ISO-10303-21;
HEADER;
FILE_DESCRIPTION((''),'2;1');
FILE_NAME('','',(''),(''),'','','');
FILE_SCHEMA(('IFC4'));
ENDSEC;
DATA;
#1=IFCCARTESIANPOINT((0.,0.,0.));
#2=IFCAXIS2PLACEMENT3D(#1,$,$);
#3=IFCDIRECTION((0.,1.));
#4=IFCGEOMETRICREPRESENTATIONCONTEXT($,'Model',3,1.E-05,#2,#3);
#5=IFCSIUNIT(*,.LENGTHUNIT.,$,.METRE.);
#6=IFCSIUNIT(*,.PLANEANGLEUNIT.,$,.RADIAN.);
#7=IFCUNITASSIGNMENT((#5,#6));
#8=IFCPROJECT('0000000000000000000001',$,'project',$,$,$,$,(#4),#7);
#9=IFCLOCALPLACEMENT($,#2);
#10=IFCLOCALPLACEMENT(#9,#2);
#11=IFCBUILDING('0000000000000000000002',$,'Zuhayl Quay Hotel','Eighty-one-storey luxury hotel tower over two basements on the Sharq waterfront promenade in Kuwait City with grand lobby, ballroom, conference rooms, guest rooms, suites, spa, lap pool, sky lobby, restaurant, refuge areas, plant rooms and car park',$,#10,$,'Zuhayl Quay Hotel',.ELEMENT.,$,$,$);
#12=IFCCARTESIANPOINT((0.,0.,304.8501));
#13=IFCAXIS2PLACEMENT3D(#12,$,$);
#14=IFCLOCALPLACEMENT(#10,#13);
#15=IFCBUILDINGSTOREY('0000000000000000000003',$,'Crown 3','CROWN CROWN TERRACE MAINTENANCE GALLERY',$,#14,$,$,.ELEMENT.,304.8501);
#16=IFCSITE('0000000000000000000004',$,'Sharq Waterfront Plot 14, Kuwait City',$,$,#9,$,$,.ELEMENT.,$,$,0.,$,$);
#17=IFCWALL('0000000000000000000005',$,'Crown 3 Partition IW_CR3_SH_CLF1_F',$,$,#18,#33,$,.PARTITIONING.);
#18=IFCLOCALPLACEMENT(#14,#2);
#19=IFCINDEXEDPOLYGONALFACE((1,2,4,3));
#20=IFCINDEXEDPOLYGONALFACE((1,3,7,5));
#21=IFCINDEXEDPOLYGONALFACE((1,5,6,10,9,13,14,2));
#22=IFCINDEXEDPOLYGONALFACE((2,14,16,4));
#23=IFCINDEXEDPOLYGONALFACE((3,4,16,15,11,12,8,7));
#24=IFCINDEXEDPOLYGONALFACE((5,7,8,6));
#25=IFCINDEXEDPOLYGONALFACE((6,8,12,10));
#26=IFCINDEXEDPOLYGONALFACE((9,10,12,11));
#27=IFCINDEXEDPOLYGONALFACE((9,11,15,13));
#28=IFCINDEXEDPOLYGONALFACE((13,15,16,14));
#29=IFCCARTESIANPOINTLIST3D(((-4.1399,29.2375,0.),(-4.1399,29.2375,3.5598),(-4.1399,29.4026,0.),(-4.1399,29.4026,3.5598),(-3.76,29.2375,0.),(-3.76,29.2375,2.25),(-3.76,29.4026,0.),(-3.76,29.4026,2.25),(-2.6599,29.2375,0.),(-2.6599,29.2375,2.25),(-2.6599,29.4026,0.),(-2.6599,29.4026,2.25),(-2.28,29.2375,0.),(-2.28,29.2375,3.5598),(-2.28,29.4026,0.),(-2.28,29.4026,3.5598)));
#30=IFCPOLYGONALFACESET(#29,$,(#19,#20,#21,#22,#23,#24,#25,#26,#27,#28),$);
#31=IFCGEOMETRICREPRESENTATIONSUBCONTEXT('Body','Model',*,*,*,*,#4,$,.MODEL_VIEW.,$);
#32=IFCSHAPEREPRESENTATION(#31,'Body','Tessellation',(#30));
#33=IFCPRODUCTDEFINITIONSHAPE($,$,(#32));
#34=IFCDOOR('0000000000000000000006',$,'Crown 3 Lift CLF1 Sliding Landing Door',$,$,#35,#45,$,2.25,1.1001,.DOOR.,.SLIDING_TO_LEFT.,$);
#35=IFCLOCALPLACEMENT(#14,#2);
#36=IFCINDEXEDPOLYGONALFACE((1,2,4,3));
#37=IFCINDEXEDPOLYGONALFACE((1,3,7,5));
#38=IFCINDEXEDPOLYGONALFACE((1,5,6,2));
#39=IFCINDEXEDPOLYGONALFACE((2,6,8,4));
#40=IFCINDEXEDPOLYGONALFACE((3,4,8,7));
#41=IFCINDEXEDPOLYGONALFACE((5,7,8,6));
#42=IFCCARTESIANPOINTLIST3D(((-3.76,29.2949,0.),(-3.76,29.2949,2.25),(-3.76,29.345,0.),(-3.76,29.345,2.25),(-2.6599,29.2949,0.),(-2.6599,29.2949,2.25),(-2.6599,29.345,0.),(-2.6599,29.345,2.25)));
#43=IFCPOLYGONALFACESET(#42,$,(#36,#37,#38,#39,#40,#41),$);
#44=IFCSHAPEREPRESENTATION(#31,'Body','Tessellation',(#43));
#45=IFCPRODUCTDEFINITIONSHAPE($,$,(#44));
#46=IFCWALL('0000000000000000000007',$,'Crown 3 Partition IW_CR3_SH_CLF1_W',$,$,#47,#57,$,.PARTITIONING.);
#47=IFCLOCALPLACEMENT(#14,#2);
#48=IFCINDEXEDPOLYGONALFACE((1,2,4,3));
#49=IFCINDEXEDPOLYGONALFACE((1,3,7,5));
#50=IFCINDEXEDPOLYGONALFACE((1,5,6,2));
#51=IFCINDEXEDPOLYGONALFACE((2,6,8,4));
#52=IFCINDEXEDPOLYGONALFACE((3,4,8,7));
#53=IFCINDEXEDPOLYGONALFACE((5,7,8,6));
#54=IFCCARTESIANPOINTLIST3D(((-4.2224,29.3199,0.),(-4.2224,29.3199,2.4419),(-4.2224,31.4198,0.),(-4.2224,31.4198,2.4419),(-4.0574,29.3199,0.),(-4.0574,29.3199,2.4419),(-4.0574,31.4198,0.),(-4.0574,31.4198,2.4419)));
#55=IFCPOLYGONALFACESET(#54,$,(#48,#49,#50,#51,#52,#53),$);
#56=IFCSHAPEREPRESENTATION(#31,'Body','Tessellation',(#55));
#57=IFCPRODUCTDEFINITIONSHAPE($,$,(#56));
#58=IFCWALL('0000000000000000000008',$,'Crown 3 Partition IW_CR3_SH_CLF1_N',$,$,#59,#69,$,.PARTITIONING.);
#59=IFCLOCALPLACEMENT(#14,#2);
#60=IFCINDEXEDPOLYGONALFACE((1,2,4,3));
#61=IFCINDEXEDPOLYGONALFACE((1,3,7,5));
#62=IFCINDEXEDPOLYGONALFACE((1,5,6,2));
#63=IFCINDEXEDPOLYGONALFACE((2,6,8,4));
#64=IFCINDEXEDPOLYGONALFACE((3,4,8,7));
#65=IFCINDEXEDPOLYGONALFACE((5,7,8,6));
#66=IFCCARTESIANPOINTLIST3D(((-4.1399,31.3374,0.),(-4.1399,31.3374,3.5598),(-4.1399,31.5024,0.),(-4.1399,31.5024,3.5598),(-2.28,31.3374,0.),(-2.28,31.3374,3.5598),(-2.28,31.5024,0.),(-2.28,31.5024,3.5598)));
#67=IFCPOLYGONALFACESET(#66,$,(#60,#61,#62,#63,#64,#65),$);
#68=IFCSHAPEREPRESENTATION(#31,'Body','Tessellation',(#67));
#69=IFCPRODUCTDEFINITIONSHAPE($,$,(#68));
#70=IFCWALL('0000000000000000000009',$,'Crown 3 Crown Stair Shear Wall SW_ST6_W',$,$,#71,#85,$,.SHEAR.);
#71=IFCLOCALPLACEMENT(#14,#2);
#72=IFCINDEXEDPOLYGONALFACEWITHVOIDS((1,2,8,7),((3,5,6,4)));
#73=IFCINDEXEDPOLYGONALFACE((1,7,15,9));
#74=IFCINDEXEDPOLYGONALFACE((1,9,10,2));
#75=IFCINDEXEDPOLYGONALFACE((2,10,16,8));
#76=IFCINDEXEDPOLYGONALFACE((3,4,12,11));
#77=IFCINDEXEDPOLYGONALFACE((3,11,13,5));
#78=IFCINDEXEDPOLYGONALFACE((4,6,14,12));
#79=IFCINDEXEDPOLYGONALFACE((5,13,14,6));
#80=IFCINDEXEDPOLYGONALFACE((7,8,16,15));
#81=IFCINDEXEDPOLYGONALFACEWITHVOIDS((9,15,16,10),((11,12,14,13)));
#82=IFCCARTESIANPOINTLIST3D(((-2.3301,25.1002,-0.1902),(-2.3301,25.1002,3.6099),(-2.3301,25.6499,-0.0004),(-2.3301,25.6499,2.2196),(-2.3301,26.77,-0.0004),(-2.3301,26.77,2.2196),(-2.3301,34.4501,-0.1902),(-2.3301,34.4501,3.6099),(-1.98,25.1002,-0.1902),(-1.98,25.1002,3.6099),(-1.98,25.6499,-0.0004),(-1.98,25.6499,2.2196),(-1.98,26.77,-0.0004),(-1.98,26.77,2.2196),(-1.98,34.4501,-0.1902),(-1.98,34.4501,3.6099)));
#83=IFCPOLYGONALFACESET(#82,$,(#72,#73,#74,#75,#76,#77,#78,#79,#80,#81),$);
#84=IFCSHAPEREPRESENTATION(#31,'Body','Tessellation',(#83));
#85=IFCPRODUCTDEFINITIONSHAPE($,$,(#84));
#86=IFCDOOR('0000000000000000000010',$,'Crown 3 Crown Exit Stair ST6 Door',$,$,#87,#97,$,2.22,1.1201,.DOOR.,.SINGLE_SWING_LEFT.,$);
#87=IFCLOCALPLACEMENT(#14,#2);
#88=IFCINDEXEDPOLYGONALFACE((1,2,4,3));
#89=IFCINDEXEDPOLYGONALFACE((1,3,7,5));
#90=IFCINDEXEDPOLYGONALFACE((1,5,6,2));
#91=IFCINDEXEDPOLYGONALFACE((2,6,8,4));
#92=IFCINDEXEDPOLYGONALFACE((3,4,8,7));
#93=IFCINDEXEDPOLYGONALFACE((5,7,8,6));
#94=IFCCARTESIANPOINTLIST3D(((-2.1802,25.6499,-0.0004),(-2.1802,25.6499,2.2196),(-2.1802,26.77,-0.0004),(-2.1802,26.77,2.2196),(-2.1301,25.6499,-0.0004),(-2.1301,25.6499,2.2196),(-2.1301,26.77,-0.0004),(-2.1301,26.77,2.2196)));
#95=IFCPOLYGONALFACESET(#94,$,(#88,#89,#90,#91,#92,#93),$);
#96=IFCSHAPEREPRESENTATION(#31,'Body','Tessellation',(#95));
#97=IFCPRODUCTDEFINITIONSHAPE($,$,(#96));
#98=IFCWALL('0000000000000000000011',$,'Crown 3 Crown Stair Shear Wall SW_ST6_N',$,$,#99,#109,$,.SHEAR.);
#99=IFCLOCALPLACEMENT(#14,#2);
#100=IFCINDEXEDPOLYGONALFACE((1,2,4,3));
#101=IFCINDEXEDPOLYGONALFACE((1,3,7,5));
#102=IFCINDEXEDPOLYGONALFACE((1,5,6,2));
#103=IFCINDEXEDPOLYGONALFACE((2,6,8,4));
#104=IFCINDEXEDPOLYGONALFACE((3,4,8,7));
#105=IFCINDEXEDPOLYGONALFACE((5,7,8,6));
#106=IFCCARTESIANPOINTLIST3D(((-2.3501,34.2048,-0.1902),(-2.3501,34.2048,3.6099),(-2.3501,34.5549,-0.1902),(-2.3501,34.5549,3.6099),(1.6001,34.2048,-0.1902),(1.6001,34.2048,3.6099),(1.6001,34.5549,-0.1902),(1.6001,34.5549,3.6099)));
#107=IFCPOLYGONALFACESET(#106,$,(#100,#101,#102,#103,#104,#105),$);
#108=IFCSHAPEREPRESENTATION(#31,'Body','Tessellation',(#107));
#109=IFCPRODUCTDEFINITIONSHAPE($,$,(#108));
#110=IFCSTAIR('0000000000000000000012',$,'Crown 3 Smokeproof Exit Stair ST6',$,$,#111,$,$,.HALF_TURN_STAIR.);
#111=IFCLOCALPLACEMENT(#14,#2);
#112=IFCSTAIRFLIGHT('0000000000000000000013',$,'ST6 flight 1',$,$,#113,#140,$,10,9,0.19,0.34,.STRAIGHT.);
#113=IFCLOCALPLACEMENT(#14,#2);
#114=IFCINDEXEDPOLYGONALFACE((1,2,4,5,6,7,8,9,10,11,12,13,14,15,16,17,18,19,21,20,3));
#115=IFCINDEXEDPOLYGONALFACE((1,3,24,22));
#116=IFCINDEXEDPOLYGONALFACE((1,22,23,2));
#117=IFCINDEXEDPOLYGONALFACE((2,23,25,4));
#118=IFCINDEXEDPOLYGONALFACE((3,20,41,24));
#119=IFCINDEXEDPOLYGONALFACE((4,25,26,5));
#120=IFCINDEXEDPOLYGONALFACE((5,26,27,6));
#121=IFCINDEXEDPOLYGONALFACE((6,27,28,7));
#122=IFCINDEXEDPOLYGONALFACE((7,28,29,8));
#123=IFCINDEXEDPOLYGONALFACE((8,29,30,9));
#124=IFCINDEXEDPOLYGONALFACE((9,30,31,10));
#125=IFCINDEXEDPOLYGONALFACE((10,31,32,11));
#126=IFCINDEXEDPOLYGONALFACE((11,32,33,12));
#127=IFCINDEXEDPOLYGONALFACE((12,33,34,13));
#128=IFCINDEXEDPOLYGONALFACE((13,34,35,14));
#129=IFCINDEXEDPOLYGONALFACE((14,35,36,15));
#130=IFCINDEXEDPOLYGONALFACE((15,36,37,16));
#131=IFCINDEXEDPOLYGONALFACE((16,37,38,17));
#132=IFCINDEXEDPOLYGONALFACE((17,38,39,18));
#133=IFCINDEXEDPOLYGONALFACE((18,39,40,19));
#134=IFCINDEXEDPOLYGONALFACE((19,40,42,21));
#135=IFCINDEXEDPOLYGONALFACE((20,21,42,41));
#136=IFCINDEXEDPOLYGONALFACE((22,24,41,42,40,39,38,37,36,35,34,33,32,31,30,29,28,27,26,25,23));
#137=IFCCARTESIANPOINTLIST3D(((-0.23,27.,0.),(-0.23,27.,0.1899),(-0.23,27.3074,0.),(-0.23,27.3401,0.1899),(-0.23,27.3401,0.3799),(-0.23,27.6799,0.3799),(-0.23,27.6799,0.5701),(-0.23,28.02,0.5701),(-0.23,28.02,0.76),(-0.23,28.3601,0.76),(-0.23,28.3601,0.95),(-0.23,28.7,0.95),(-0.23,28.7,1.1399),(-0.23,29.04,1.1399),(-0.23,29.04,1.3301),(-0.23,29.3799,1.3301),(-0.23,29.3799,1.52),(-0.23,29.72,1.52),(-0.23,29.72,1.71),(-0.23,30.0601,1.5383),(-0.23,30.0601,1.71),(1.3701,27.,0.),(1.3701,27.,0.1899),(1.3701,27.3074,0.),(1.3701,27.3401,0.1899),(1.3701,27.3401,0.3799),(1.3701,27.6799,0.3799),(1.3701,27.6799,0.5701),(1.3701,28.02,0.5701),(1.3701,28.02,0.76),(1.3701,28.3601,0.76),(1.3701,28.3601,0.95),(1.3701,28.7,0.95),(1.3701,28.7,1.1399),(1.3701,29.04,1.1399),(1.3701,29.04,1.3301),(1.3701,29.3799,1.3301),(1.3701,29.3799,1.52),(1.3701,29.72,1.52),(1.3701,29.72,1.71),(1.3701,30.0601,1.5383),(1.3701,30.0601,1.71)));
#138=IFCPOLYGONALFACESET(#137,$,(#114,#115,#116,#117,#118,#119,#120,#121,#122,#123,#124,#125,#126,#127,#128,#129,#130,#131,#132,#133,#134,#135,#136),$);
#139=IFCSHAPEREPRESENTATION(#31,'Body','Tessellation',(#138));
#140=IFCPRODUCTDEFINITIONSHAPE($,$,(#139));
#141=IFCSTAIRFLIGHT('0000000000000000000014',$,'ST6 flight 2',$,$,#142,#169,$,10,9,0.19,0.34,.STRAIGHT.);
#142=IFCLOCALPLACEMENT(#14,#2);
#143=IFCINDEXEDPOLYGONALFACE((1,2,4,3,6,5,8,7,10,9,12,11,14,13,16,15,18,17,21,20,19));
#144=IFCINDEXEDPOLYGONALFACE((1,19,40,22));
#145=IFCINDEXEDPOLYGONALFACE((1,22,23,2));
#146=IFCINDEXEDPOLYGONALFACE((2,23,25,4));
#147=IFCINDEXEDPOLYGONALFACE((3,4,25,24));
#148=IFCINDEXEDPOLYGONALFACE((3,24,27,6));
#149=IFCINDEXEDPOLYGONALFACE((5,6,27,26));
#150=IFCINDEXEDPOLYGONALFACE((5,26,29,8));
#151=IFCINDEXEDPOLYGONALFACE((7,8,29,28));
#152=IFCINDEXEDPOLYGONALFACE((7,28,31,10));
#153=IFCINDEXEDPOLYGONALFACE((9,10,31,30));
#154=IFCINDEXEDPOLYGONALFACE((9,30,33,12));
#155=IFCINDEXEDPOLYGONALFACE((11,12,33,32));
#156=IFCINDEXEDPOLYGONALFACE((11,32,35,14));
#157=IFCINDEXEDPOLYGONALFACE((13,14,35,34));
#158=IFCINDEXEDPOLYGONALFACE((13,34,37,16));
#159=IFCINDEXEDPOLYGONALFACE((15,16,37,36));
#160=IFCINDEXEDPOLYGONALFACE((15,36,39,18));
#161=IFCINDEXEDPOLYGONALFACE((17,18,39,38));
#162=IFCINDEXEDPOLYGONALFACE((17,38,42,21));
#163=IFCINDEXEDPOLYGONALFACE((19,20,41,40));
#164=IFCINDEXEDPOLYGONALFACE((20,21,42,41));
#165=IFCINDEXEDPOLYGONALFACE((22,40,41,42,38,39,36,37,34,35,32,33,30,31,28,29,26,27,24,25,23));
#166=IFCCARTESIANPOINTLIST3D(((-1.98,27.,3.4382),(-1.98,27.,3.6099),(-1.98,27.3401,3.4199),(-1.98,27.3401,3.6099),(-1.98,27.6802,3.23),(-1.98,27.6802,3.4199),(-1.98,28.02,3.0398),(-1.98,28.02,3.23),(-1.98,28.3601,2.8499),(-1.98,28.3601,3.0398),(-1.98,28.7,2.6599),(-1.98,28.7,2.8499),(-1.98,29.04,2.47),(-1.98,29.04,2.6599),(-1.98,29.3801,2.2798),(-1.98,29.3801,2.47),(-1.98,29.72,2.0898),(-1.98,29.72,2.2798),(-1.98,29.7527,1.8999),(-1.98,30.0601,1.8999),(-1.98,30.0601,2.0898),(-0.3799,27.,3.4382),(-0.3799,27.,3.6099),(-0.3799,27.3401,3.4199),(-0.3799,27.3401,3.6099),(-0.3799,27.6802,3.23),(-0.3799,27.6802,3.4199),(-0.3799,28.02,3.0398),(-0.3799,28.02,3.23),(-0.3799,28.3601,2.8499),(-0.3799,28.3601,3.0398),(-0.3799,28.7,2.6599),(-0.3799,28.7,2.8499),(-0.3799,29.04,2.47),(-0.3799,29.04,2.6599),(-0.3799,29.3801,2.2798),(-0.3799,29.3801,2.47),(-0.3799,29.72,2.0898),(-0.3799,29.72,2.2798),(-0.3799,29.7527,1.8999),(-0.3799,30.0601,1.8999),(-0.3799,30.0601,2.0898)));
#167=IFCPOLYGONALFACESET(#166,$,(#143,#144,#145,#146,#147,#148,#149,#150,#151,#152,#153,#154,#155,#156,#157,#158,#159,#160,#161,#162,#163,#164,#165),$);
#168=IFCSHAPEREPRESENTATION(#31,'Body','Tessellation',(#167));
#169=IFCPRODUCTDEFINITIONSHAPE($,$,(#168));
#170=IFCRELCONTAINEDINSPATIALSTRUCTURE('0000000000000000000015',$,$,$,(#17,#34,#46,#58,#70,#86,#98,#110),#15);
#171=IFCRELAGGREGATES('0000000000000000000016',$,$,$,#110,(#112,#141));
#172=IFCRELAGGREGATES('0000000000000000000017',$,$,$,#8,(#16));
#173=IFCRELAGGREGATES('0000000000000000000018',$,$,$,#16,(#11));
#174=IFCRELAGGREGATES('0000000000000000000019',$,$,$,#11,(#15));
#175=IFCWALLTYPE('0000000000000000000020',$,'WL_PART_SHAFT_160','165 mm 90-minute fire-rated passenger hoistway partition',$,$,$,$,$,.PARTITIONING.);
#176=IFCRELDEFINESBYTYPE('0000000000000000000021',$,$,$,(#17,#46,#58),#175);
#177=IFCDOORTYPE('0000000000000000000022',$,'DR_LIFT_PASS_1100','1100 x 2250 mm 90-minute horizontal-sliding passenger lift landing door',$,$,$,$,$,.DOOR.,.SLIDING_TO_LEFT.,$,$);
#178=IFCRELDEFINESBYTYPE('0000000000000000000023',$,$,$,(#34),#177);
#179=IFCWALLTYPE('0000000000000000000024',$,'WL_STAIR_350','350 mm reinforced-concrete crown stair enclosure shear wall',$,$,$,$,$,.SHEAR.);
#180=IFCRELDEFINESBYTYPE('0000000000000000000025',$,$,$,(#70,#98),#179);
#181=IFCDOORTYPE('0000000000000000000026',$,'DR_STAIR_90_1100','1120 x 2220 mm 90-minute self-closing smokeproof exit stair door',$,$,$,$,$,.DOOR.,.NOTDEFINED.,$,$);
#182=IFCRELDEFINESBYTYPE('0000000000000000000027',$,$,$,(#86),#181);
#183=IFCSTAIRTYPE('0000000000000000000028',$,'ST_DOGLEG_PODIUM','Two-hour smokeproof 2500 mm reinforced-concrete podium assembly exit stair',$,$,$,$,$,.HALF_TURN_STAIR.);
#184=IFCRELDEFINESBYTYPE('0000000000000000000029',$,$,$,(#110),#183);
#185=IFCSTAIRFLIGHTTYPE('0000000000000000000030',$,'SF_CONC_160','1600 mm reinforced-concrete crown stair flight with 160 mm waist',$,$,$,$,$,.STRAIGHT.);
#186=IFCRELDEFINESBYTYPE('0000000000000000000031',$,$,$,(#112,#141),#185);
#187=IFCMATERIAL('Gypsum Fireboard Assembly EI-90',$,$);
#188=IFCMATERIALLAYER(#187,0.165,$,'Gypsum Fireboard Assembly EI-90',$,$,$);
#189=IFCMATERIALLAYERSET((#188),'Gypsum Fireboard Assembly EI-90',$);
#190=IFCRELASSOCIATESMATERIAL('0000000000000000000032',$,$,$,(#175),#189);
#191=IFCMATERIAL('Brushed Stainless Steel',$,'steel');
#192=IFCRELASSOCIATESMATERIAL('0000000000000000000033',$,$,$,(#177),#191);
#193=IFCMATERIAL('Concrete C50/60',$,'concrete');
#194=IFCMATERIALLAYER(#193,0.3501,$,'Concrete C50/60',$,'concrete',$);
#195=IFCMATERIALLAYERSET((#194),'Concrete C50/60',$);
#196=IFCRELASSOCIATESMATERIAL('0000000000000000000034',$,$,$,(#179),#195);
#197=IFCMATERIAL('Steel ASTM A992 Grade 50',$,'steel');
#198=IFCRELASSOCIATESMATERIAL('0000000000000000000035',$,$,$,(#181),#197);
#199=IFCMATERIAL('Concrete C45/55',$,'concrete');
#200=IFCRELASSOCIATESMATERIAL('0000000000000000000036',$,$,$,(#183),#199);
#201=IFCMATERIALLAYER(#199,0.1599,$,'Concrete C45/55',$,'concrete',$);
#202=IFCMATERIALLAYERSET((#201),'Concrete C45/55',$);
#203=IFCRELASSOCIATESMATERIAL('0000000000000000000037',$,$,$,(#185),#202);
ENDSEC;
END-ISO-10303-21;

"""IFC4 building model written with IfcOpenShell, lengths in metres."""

from ifc_helpers import new_model, si_unit, direction, frame, frame_2d, origin, place, context, subcontext, project, spatial, polyline, rectangle, outline, extrude, material, layer, layer_set, type_object, element, fill, aggregate, save


model = new_model("IFC4")

# Units and contexts
model_context = context("Model", 3, precision=1e-05, world=origin(), true_north=direction((0.0, 1.0)))
body_context = subcontext(model_context, "Body", "Model", "MODEL_VIEW")
ifc_project = project(units=[si_unit("LENGTHUNIT", "METRE"), si_unit("PLANEANGLEUNIT", "RADIAN")], contexts=[model_context])

# Site, building, storey
site_placement = place(None, origin())
site = spatial("IfcSite", under=ifc_project, at=site_placement, Name="Sharq Waterfront Plot 14, Kuwait City", CompositionType="ELEMENT", RefElevation=0.0)
building_placement = place(site_placement, origin())
building = spatial("IfcBuilding", under=site, at=building_placement, Name="Zuhayl Quay Hotel", Description="Eighty-one-storey luxury hotel tower over two basements on the Sharq waterfront promenade in Kuwait City with grand lobby, ballroom, conference rooms, guest rooms, suites, spa, lap pool, sky lobby, restaurant, refuge areas, plant rooms and car park", LongName="Zuhayl Quay Hotel", CompositionType="ELEMENT")
storey_placement = place(building_placement, frame((0.0, 0.0, 304.8501)))
storey = spatial("IfcBuildingStorey", under=building, at=storey_placement, Name="Crown 3", Description="CROWN CROWN TERRACE MAINTENANCE GALLERY", CompositionType="ELEMENT", Elevation=304.8501)

# Wall, opening, door
ifc_material_1 = material(Name="Gypsum Fireboard Assembly EI-90")
ifc_layer_1 = layer(ifc_material_1, 0.165, Name="Gypsum Fireboard Assembly EI-90")
ifc_layer_set_1 = layer_set([ifc_layer_1], Name="Gypsum Fireboard Assembly EI-90")
wall_type_1 = type_object("IfcWallType", Name="WL_PART_SHAFT_160", Description="165 mm 90-minute fire-rated passenger hoistway partition", PredefinedType="PARTITIONING", material=ifc_layer_set_1)
wall_1_placement = place(storey_placement, frame((-4.1399, 29.3201, 0.0), z_axis=(0.0, 0.0, 1.0), x_axis=(1.0, 0.0, 0.0)))
wall_1 = element("IfcWall", 1, at=wall_1_placement, inside=storey, type_object=wall_type_1, Name="Crown 3 Partition IW_CR3_SH_CLF1_F", PredefinedType="PARTITIONING", context=body_context, shape_type="SweptSolid", body=[
    extrude(rectangle(XDim=1.8599, YDim=0.165, at=frame_2d((0.9299, 0.0))), origin(), (0.0, 0.0, 1.0), 3.5598),
])
opening_1_placement = place(wall_1_placement, frame((0.3799, 0.0, 0.0)))
opening_1 = element("IfcOpeningElement", 2, at=opening_1_placement, cuts=wall_1, PredefinedType="OPENING", context=body_context, shape_type="SweptSolid", body=[
    extrude(rectangle(XDim=1.1001, YDim=2.25, at=frame_2d((0.55, 1.125))), frame((0.0, 0.0925, 0.0), z_axis=(0.0, -1.0, 0.0), x_axis=(1.0, 0.0, 0.0)), (0.0, 0.0, 1.0), 0.1851),
])
ifc_material_2 = material(Name="Brushed Stainless Steel", Category="steel")
door_type_1 = type_object("IfcDoorType", Name="DR_LIFT_PASS_1100", Description="1100 x 2250 mm 90-minute horizontal-sliding passenger lift landing door", OperationType="SLIDING_TO_LEFT", PredefinedType="DOOR", material=ifc_material_2)
door_1_placement = place(opening_1_placement, origin())
door_1 = element("IfcDoor", 3, at=door_1_placement, inside=storey, type_object=door_type_1, Name="Crown 3 Lift CLF1 Sliding Landing Door", OperationType="SLIDING_TO_LEFT", OverallHeight=2.25, OverallWidth=1.1001, PredefinedType="DOOR", context=body_context, shape_type="SweptSolid", body=[
    extrude(rectangle(XDim=1.1001, YDim=2.25, at=frame_2d((0.55, 1.125))), frame((0.0, 0.0249, 0.0), z_axis=(0.0, -1.0, 0.0), x_axis=(1.0, 0.0, 0.0)), (0.0, 0.0, 1.0), 0.05),
])
fill(opening_1, door_1)

# Walls
wall_2_placement = place(storey_placement, frame((-4.1399, 29.3201, 0.0), z_axis=(0.0, 0.0, 1.0), x_axis=(0.0, 1.0, 0.0)))
element("IfcWall", 4, at=wall_2_placement, inside=storey, type_object=wall_type_1, Name="Crown 3 Partition IW_CR3_SH_CLF1_W", PredefinedType="PARTITIONING", context=body_context, shape_type="SweptSolid", body=[
    extrude(rectangle(XDim=2.0999, YDim=0.165, at=frame_2d((1.0498, 0.0))), origin(), (0.0, 0.0, 1.0), 2.4419),
])
wall_3_placement = place(storey_placement, frame((-4.1399, 31.4199, 0.0), z_axis=(0.0, 0.0, 1.0), x_axis=(1.0, 0.0, 0.0)))
element("IfcWall", 5, at=wall_3_placement, inside=storey, type_object=wall_type_1, Name="Crown 3 Partition IW_CR3_SH_CLF1_N", PredefinedType="PARTITIONING", context=body_context, shape_type="SweptSolid", body=[
    extrude(rectangle(XDim=1.8599, YDim=0.165, at=frame_2d((0.9299, 0.0))), origin(), (0.0, 0.0, 1.0), 3.5598),
])

# Wall, opening, door
ifc_material_3 = material(Name="Concrete C50/60", Category="concrete")
ifc_layer_2 = layer(ifc_material_3, 0.3501, Name="Concrete C50/60", Category="concrete")
ifc_layer_set_2 = layer_set([ifc_layer_2], Name="Concrete C50/60")
wall_type_2 = type_object("IfcWallType", Name="WL_STAIR_350", Description="350 mm reinforced-concrete crown stair enclosure shear wall", PredefinedType="SHEAR", material=ifc_layer_set_2)
wall_4_placement = place(storey_placement, frame((-2.155, 34.45, -0.1902), z_axis=(0.0, 0.0, 1.0), x_axis=(0.0, -1.0, 0.0)))
wall_4 = element("IfcWall", 6, at=wall_4_placement, inside=storey, type_object=wall_type_2, Name="Crown 3 Crown Stair Shear Wall SW_ST6_W", PredefinedType="SHEAR", context=body_context, shape_type="SweptSolid", body=[
    extrude(rectangle(XDim=9.3499, YDim=0.3501, at=frame_2d((4.6748, 0.0))), origin(), (0.0, 0.0, 1.0), 3.8),
])
opening_2_placement = place(wall_4_placement, frame((7.6799, 0.0, 0.1899)))
opening_2 = element("IfcOpeningElement", 7, at=opening_2_placement, cuts=wall_4, PredefinedType="OPENING", context=body_context, shape_type="SweptSolid", body=[
    extrude(rectangle(XDim=1.1201, YDim=2.22, at=frame_2d((0.5601, 1.1099))), frame((0.0, 0.1851, 0.0), z_axis=(0.0, -1.0, 0.0), x_axis=(1.0, 0.0, 0.0)), (0.0, 0.0, 1.0), 0.3701),
])
ifc_material_4 = material(Name="Steel ASTM A992 Grade 50", Category="steel")
door_type_2 = type_object("IfcDoorType", Name="DR_STAIR_90_1100", Description="1120 x 2220 mm 90-minute self-closing smokeproof exit stair door", OperationType="NOTDEFINED", PredefinedType="DOOR", material=ifc_material_4)
door_2_placement = place(opening_2_placement, origin())
door_2 = element("IfcDoor", 8, at=door_2_placement, inside=storey, type_object=door_type_2, Name="Crown 3 Crown Exit Stair ST6 Door", OperationType="SINGLE_SWING_LEFT", OverallHeight=2.22, OverallWidth=1.1201, PredefinedType="DOOR", context=body_context, shape_type="SweptSolid", body=[
    extrude(rectangle(XDim=1.1201, YDim=2.22, at=frame_2d((0.5601, 1.1099))), frame((0.0, 0.0249, 0.0), z_axis=(0.0, -1.0, 0.0), x_axis=(1.0, 0.0, 0.0)), (0.0, 0.0, 1.0), 0.05),
])
fill(opening_2, door_2)

# Wall
wall_5_placement = place(storey_placement, frame((-2.3501, 34.3799, -0.1902), z_axis=(0.0, 0.0, 1.0), x_axis=(1.0, 0.0, 0.0)))
element("IfcWall", 9, at=wall_5_placement, inside=storey, type_object=wall_type_2, Name="Crown 3 Crown Stair Shear Wall SW_ST6_N", PredefinedType="SHEAR", context=body_context, shape_type="SweptSolid", body=[
    extrude(rectangle(XDim=3.9502, YDim=0.3501, at=frame_2d((1.9751, 0.0))), origin(), (0.0, 0.0, 1.0), 3.8),
])

# Stair, stair flights
ifc_material_5 = material(Name="Concrete C45/55", Category="concrete")
stair_type = type_object("IfcStairType", Name="ST_DOGLEG_PODIUM", Description="Two-hour smokeproof 2500 mm reinforced-concrete podium assembly exit stair", PredefinedType="HALF_TURN_STAIR", material=ifc_material_5)
stair_placement = place(storey_placement, origin())
stair = element("IfcStair", 10, at=stair_placement, inside=storey, type_object=stair_type, Name="Crown 3 Smokeproof Exit Stair ST6", PredefinedType="HALF_TURN_STAIR")
ifc_layer_3 = layer(ifc_material_5, 0.1599, Name="Concrete C45/55", Category="concrete")
ifc_layer_set_3 = layer_set([ifc_layer_3], Name="Concrete C45/55")
stair_flight_type = type_object("IfcStairFlightType", Name="SF_CONC_160", Description="1600 mm reinforced-concrete crown stair flight with 160 mm waist", PredefinedType="STRAIGHT", material=ifc_layer_set_3)
stair_flight_1_placement = place(storey_placement, frame((0.5701, 27.0, 0.0), z_axis=(0.0, 0.0, 1.0), x_axis=(0.0, 1.0, 0.0)))
stair_flight_1 = element("IfcStairFlight", 11, at=stair_flight_1_placement, type_object=stair_flight_type, Name="ST6 flight 1", NumberOfRisers=10, NumberOfTreads=9, PredefinedType="STRAIGHT", RiserHeight=0.19, TreadLength=0.34, context=body_context, shape_type="SweptSolid", body=[
    extrude(outline(polyline([(0.0, 0.0), (0.0, 0.1899), (0.3401, 0.1899), (0.3401, 0.3799), (0.6799, 0.3799), (0.6799, 0.5701), (1.02, 0.5701), (1.02, 0.76), (1.3601, 0.76), (1.3601, 0.95), (1.7, 0.95), (1.7, 1.1399), (2.04, 1.1399), (2.04, 1.3301), (2.3799, 1.3301), (2.3799, 1.52), (2.72, 1.52), (2.72, 1.71), (3.0601, 1.71), (3.0601, 1.8999), (3.0601, 1.5383), (0.3074, 0.0), (0.0, 0.0)])), frame((0.0, 0.8, 0.0), z_axis=(0.0, -1.0, 0.0), x_axis=(1.0, 0.0, 0.0)), (0.0, 0.0, 1.0), 1.6001),
])
stair_flight_2_placement = place(storey_placement, frame((-1.1799, 30.0601, 1.8999), z_axis=(0.0, 0.0, 1.0), x_axis=(0.0, -1.0, 0.0)))
stair_flight_2 = element("IfcStairFlight", 12, at=stair_flight_2_placement, type_object=stair_flight_type, Name="ST6 flight 2", NumberOfRisers=10, NumberOfTreads=9, PredefinedType="STRAIGHT", RiserHeight=0.19, TreadLength=0.34, context=body_context, shape_type="SweptSolid", body=[
    extrude(outline(polyline([(0.0, 0.0), (0.0, 0.1899), (0.3401, 0.1899), (0.3401, 0.3799), (0.6799, 0.3799), (0.6799, 0.5701), (1.02, 0.5701), (1.02, 0.76), (1.3601, 0.76), (1.3601, 0.95), (1.7, 0.95), (1.7, 1.1399), (2.04, 1.1399), (2.04, 1.3301), (2.3799, 1.3301), (2.3799, 1.52), (2.72, 1.52), (2.72, 1.71), (3.0601, 1.71), (3.0601, 1.8999), (3.0601, 1.5383), (0.3074, 0.0), (0.0, 0.0)])), frame((0.0, 0.8, 0.0), z_axis=(0.0, -1.0, 0.0), x_axis=(1.0, 0.0, 0.0)), (0.0, 0.0, 1.0), 1.6001),
])
aggregate(stair, [stair_flight_1, stair_flight_2])

save(model, "model.ifc")
